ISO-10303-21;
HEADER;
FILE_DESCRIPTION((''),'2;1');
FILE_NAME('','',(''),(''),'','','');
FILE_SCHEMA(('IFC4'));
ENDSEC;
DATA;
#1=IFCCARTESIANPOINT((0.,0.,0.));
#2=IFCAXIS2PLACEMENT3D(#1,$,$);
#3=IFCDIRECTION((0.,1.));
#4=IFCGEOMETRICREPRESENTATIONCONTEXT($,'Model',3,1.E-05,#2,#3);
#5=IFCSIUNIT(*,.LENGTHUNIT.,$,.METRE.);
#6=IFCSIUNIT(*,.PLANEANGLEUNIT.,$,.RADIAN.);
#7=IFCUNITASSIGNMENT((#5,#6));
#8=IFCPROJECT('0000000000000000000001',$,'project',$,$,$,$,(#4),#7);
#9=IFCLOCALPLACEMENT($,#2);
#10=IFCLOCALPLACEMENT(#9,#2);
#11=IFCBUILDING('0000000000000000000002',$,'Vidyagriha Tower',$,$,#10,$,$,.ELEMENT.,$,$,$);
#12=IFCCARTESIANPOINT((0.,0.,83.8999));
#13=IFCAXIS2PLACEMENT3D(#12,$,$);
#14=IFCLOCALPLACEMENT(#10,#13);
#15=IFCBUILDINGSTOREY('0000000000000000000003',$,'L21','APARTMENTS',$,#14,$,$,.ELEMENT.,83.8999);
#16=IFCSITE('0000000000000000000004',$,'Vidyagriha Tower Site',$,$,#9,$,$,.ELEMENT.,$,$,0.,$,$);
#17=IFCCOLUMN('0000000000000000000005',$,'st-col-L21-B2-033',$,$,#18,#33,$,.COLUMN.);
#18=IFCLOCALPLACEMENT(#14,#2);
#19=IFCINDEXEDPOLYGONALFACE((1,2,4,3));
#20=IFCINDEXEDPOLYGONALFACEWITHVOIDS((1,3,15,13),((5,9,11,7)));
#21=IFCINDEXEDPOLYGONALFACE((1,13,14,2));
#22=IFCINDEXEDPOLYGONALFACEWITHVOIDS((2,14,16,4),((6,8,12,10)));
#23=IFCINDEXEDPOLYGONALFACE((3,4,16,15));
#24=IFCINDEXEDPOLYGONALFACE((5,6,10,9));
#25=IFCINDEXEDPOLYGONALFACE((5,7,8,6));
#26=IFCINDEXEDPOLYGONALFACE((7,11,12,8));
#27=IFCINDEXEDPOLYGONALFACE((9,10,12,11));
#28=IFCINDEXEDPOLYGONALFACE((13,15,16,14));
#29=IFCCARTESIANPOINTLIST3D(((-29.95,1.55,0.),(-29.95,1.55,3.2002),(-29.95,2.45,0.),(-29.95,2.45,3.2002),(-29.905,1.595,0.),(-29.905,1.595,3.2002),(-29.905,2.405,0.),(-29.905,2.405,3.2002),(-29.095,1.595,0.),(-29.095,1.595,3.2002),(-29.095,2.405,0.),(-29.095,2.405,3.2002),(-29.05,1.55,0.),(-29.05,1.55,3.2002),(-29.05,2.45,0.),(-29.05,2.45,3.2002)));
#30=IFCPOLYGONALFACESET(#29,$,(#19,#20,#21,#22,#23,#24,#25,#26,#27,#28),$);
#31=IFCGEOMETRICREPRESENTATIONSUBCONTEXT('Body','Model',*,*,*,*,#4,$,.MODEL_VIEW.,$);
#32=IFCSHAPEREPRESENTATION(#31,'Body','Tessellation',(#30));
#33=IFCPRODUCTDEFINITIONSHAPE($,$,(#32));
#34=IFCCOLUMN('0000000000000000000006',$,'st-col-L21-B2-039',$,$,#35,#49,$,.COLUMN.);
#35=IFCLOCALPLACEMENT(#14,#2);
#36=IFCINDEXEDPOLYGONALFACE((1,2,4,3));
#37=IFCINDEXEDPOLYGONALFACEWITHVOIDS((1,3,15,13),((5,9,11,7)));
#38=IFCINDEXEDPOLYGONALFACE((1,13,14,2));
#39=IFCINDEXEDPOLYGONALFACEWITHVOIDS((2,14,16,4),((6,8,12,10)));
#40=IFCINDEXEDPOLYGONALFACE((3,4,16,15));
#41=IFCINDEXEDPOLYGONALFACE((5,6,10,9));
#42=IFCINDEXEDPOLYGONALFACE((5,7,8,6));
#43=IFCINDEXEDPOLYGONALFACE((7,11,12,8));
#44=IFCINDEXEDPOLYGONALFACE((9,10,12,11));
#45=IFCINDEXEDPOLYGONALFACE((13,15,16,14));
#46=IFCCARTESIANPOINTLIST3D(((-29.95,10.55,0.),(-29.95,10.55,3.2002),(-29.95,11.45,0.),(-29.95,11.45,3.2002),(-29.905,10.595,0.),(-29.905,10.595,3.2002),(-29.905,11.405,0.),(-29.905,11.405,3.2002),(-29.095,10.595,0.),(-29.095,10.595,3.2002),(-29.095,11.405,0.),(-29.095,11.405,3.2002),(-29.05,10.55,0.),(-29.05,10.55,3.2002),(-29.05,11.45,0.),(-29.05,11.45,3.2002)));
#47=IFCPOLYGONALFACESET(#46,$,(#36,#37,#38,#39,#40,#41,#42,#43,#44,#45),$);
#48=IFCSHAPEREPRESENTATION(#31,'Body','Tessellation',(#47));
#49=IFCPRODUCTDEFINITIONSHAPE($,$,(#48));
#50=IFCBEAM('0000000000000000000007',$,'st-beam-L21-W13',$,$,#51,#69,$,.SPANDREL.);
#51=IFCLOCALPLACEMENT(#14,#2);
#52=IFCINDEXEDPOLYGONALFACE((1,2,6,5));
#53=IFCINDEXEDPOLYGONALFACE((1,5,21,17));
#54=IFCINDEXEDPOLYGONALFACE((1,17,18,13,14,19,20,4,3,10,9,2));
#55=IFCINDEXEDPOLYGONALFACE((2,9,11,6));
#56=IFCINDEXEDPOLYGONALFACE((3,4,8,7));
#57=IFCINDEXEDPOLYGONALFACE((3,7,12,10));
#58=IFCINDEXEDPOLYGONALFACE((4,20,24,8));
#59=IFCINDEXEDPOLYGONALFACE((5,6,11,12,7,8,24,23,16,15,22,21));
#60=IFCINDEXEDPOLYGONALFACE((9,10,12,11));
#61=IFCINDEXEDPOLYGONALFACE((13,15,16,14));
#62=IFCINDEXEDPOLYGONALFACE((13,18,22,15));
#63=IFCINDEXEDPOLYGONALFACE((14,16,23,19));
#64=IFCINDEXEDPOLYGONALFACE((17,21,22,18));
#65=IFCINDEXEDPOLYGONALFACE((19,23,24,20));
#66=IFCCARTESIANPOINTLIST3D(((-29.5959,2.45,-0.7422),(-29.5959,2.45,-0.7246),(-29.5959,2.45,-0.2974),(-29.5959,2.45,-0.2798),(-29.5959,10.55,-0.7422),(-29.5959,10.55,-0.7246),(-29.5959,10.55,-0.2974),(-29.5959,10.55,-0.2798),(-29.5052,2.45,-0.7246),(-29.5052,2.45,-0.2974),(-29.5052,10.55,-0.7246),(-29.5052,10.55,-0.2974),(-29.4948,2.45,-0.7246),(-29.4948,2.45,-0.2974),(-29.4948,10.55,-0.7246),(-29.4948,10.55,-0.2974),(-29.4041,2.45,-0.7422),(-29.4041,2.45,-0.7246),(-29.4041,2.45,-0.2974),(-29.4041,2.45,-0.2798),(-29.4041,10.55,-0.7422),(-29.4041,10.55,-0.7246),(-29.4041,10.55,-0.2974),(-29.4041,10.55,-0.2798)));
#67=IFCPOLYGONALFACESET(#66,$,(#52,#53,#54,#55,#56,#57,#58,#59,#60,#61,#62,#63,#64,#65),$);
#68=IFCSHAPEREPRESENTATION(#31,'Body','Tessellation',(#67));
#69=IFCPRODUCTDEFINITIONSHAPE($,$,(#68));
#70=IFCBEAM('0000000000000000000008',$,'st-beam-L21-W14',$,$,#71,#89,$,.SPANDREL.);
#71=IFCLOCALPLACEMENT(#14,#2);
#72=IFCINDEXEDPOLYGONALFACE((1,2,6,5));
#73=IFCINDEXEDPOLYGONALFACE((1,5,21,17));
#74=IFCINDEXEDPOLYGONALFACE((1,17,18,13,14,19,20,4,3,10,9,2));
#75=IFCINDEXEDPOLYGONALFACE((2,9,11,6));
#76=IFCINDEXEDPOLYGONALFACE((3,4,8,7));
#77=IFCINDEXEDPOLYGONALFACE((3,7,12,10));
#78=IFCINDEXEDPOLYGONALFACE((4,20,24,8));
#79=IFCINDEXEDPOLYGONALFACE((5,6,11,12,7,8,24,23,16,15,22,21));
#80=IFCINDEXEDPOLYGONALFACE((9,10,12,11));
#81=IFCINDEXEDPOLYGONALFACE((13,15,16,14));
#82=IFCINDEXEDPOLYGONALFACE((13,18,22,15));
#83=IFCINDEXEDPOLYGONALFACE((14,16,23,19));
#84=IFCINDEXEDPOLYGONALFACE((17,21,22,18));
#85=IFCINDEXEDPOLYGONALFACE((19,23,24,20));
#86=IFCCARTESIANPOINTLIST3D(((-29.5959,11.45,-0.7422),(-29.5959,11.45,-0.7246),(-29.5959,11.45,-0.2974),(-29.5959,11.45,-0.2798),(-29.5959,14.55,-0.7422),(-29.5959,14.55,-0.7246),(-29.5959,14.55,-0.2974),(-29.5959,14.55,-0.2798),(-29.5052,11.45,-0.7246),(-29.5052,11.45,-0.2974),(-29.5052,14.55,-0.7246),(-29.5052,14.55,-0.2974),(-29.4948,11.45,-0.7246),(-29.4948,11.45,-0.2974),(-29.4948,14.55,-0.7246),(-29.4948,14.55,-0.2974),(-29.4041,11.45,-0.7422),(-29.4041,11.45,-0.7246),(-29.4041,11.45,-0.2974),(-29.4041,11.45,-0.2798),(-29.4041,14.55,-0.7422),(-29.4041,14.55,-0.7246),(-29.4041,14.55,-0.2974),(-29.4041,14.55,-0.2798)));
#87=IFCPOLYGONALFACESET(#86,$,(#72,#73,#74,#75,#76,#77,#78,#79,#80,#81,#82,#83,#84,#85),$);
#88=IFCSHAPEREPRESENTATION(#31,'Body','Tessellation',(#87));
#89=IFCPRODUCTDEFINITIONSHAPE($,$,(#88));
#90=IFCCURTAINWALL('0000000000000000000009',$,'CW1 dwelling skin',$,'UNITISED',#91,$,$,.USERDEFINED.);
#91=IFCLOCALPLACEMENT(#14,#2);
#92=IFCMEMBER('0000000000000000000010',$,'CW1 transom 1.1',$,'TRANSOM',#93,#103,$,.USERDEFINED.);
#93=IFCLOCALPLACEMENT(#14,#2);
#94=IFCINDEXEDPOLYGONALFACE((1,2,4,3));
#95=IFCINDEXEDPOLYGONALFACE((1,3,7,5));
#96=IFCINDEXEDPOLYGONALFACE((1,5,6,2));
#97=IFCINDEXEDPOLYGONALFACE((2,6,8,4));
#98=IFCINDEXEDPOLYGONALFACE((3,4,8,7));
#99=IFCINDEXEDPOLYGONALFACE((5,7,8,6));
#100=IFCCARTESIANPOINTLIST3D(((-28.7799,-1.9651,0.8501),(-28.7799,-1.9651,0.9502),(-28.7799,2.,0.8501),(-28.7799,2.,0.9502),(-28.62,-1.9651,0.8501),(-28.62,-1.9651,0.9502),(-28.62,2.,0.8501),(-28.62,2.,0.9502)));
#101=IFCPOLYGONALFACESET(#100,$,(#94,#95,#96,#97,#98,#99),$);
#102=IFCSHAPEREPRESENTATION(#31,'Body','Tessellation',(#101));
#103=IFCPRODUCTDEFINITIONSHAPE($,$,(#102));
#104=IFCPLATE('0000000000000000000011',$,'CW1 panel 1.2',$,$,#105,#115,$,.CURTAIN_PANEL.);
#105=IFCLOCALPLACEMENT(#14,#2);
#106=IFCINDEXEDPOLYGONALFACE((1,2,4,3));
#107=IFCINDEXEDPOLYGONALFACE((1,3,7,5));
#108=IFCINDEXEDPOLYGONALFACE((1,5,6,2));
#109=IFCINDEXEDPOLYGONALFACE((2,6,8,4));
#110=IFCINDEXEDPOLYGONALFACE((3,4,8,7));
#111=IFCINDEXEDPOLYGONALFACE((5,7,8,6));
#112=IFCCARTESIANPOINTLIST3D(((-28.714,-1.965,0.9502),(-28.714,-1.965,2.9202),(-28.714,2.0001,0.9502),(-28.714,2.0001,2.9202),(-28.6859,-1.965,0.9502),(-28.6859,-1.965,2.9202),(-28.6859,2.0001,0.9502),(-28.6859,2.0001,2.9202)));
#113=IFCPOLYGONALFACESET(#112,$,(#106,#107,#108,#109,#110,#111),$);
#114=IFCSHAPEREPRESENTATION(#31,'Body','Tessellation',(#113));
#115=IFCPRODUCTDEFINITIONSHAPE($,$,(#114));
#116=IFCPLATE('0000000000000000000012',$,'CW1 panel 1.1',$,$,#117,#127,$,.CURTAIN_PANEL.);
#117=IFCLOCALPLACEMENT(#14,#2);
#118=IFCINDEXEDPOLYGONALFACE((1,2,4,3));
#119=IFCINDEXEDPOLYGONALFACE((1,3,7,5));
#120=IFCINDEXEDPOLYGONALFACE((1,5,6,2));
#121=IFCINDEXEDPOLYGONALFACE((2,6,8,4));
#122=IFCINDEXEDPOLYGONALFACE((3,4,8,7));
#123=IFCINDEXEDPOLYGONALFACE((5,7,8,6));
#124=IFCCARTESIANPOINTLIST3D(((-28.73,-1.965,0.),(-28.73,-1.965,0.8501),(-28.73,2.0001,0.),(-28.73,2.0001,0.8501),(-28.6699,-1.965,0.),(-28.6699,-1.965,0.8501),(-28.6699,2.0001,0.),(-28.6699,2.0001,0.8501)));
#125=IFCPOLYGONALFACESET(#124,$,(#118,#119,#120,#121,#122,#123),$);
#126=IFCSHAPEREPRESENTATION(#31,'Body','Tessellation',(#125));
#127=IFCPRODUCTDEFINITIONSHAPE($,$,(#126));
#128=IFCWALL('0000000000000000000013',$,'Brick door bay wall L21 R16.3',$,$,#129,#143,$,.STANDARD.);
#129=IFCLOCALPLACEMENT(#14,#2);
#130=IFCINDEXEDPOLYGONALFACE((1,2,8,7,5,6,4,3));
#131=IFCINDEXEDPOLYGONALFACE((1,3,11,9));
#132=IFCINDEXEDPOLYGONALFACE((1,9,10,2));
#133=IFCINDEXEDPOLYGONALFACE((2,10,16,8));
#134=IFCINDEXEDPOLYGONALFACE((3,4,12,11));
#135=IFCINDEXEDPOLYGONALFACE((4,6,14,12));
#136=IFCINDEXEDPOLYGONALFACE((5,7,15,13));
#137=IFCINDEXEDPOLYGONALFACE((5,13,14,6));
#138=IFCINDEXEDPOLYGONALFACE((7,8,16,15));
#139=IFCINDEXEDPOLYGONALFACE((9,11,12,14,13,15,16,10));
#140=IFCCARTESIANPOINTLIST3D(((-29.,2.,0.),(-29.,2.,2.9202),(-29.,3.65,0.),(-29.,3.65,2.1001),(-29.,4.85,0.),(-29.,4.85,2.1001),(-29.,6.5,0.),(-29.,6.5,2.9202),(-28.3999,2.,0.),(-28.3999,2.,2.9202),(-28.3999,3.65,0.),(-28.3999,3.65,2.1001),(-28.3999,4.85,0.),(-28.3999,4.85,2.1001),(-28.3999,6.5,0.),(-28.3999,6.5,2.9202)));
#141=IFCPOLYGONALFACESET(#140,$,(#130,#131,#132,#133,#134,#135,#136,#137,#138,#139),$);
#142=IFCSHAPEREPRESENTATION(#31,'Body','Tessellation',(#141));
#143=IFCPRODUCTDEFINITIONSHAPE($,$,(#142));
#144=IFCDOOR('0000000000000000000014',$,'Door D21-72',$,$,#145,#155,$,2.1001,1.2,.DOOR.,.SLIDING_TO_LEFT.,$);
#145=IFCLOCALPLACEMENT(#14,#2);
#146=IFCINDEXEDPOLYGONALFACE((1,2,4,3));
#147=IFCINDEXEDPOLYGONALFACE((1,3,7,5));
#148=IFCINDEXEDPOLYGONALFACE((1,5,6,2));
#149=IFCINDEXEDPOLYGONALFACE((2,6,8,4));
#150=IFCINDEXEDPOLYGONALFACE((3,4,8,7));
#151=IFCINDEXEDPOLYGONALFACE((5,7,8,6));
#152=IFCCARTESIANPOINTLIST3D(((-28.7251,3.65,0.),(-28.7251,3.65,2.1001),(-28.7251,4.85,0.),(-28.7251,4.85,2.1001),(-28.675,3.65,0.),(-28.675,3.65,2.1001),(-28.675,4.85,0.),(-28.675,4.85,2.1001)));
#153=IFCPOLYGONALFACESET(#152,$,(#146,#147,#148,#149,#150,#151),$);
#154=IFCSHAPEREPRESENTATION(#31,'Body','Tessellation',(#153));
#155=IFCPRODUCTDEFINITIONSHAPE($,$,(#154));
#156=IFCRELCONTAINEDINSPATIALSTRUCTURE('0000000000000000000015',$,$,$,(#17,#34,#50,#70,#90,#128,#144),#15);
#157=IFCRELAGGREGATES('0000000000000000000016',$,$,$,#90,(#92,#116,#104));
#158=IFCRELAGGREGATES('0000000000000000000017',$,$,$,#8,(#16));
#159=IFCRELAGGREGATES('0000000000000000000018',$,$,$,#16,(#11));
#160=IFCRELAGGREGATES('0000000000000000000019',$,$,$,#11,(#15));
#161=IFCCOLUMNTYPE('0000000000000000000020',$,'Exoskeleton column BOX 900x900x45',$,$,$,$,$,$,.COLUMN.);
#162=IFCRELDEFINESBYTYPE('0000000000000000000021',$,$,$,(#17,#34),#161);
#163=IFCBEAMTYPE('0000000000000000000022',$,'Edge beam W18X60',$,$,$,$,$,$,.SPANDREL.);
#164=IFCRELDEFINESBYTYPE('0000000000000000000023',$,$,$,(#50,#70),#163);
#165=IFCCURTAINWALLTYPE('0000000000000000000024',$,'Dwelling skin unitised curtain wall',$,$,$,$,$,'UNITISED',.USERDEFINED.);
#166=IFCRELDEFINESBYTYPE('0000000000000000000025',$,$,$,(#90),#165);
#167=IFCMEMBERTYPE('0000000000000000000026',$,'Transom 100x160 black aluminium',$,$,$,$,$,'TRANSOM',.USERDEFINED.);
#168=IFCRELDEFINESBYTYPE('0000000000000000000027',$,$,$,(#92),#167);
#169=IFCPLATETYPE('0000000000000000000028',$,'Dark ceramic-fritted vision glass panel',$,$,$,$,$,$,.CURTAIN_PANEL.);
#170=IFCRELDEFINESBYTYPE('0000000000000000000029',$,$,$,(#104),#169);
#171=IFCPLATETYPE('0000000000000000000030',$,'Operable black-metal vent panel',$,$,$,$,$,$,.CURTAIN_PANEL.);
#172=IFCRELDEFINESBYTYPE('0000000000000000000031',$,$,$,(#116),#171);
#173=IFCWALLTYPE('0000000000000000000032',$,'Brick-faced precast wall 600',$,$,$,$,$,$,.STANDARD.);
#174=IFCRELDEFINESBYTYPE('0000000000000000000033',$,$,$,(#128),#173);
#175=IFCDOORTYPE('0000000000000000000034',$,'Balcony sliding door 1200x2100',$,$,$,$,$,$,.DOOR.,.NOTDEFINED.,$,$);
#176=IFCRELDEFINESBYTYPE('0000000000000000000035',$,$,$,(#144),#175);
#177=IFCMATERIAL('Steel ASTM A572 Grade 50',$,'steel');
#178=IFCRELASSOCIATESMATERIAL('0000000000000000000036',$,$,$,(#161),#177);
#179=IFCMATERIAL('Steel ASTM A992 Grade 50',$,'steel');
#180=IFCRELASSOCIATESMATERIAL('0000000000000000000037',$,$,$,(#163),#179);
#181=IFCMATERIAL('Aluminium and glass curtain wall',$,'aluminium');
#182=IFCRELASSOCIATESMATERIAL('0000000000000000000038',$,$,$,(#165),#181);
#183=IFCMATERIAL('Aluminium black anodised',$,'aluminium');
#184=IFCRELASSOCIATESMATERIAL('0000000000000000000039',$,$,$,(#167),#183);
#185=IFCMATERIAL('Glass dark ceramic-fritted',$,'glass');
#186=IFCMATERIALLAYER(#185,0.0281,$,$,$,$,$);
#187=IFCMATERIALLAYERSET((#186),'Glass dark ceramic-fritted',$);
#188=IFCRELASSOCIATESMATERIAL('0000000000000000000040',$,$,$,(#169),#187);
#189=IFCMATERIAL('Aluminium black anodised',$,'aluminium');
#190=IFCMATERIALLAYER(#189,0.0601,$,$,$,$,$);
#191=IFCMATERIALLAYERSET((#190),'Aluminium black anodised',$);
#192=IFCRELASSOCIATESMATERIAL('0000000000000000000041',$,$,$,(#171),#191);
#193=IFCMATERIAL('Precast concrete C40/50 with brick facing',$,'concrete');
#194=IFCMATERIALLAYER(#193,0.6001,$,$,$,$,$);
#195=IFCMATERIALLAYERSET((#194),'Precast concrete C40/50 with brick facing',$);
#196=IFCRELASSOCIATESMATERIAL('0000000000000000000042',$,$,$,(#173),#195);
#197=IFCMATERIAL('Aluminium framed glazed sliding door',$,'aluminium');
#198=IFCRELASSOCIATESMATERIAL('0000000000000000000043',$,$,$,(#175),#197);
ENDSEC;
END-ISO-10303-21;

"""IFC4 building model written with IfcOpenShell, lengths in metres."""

from ifc_helpers import new_model, si_unit, direction, frame, frame_2d, origin, origin_2d, place, context, subcontext, project, spatial, rectangle, hollow_rectangle, i_section, extrude, material, layer, layer_set, material_profile, profile_set, type_object, element, fill, aggregate, save


model = new_model("IFC4")

# Units and contexts
model_context = context("Model", 3, precision=1e-05, world=origin(), true_north=direction((0.0, 1.0)))
body_context = subcontext(model_context, "Body", "Model", "MODEL_VIEW")
ifc_project = project(units=[si_unit("LENGTHUNIT", "METRE"), si_unit("PLANEANGLEUNIT", "RADIAN")], contexts=[model_context])

# Site, building, storey
site_placement = place(None, origin())
site = spatial("IfcSite", under=ifc_project, at=site_placement, Name="Vidyagriha Tower Site", CompositionType="ELEMENT", RefElevation=0.0)
building_placement = place(site_placement, origin())
building = spatial("IfcBuilding", under=site, at=building_placement, Name="Vidyagriha Tower", CompositionType="ELEMENT")
storey_placement = place(building_placement, frame((0.0, 0.0, 83.8999)))
storey = spatial("IfcBuildingStorey", under=building, at=storey_placement, Name="L21", Description="APARTMENTS", CompositionType="ELEMENT", Elevation=83.8999)

# Columns
ifc_material_1 = material(Name="Steel ASTM A572 Grade 50", Category="steel")
ifc_material_profile_1 = material_profile(ifc_material_1, hollow_rectangle(XDim=0.8999, YDim=0.8999, WallThickness=0.0449, at=origin_2d()), Name="BOX 900x900x45")
ifc_profile_set_1 = profile_set([ifc_material_profile_1], Name="Steel ASTM A572 Grade 50")
column_type = type_object("IfcColumnType", Name="Exoskeleton column BOX 900x900x45", PredefinedType="COLUMN", material=ifc_profile_set_1)
for number, where, name in (
    (1, (-29.5, 2.0, 0.0), "st-col-L21-B2-033"),
    (2, (-29.5, 11.0, 0.0), "st-col-L21-B2-039"),
):
    element("IfcColumn", number, at=place(storey_placement, frame(where)), inside=storey, type_object=column_type, Name=name, PredefinedType="COLUMN", context=body_context, shape_type="SweptSolid", body=[
        extrude(hollow_rectangle(XDim=0.8999, YDim=0.8999, WallThickness=0.0449, at=origin_2d()), origin(), (0.0, 0.0, 1.0), 3.2002),
    ])

# Beams
ifc_material_2 = material(Name="Steel ASTM A992 Grade 50", Category="steel")
ifc_material_profile_2 = material_profile(ifc_material_2, i_section(OverallWidth=0.1919, OverallDepth=0.4624, WebThickness=0.0105, FlangeThickness=0.0176, at=origin_2d()), Name="W18X60")
ifc_profile_set_2 = profile_set([ifc_material_profile_2], Name="Steel ASTM A992 Grade 50")
beam_type = type_object("IfcBeamType", Name="Edge beam W18X60", PredefinedType="SPANDREL", material=ifc_profile_set_2)
beam_1_placement = place(storey_placement, frame((-29.5, 2.45, -0.511), z_axis=(0.0, 1.0, 0.0), x_axis=(-1.0, 0.0, 0.0)))
element("IfcBeam", 3, at=beam_1_placement, inside=storey, type_object=beam_type, Name="st-beam-L21-W13", PredefinedType="SPANDREL", context=body_context, shape_type="SweptSolid", body=[
    extrude(i_section(OverallWidth=0.1919, OverallDepth=0.4624, WebThickness=0.0105, FlangeThickness=0.0176, at=origin_2d()), origin(), (0.0, 0.0, 1.0), 8.1001),
])
beam_2_placement = place(storey_placement, frame((-29.5, 11.45, -0.511), z_axis=(0.0, 1.0, 0.0), x_axis=(-1.0, 0.0, 0.0)))
element("IfcBeam", 4, at=beam_2_placement, inside=storey, type_object=beam_type, Name="st-beam-L21-W14", PredefinedType="SPANDREL", context=body_context, shape_type="SweptSolid", body=[
    extrude(i_section(OverallWidth=0.1919, OverallDepth=0.4624, WebThickness=0.0105, FlangeThickness=0.0176, at=origin_2d()), origin(), (0.0, 0.0, 1.0), 3.1001),
])

# Curtain wall, member, plates
ifc_material_3 = material(Name="Aluminium and glass curtain wall", Category="aluminium")
curtain_wall_type = type_object("IfcCurtainWallType", Name="Dwelling skin unitised curtain wall", ElementType="UNITISED", PredefinedType="USERDEFINED", material=ifc_material_3)
curtain_wall_placement = place(storey_placement, origin())
curtain_wall = element("IfcCurtainWall", 5, at=curtain_wall_placement, inside=storey, type_object=curtain_wall_type, Name="CW1 dwelling skin", ObjectType="UNITISED", PredefinedType="USERDEFINED")
ifc_material_4 = material(Name="Aluminium black anodised", Category="aluminium")
ifc_material_profile_3 = material_profile(ifc_material_4, rectangle(XDim=0.1599, YDim=0.1001, at=origin_2d()), Name="Transom 100x160 black aluminium")
ifc_profile_set_3 = profile_set([ifc_material_profile_3], Name="Aluminium black anodised")
member_type = type_object("IfcMemberType", Name="Transom 100x160 black aluminium", ElementType="TRANSOM", PredefinedType="USERDEFINED", material=ifc_profile_set_3)
member_placement = place(storey_placement, frame((-28.7, 2.0, 0.9001), z_axis=(0.0, -1.0, 0.0), x_axis=(1.0, 0.0, 0.0)))
member = element("IfcMember", 6, at=member_placement, type_object=member_type, Name="CW1 transom 1.1", ObjectType="TRANSOM", PredefinedType="USERDEFINED", context=body_context, shape_type="SweptSolid", body=[
    extrude(rectangle(XDim=0.1599, YDim=0.1001, at=origin_2d()), origin(), (0.0, 0.0, 1.0), 3.9651),
])
ifc_material_5 = material(Name="Glass dark ceramic-fritted", Category="glass")
ifc_layer_1 = layer(ifc_material_5, 0.0281)
ifc_layer_set_1 = layer_set([ifc_layer_1], Name="Glass dark ceramic-fritted")
plate_type_1 = type_object("IfcPlateType", Name="Dark ceramic-fritted vision glass panel", PredefinedType="CURTAIN_PANEL", material=ifc_layer_set_1)
plate_1_placement = place(storey_placement, frame((-28.7, 0.0176, 0.9502), z_axis=(0.0, 0.0, 1.0), x_axis=(0.0, -1.0, 0.0)))
plate_1 = element("IfcPlate", 7, at=plate_1_placement, type_object=plate_type_1, Name="CW1 panel 1.2", PredefinedType="CURTAIN_PANEL", context=body_context, shape_type="SweptSolid", body=[
    extrude(rectangle(XDim=3.9651, YDim=0.0281, at=origin_2d()), origin(), (0.0, 0.0, 1.0), 1.97),
])
ifc_material_6 = material(Name="Aluminium black anodised", Category="aluminium")
ifc_layer_2 = layer(ifc_material_6, 0.0601)
ifc_layer_set_2 = layer_set([ifc_layer_2], Name="Aluminium black anodised")
plate_type_2 = type_object("IfcPlateType", Name="Operable black-metal vent panel", PredefinedType="CURTAIN_PANEL", material=ifc_layer_set_2)
plate_2_placement = place(storey_placement, frame((-28.7, 0.0176, 0.0), z_axis=(0.0, 0.0, 1.0), x_axis=(0.0, -1.0, 0.0)))
plate_2 = element("IfcPlate", 8, at=plate_2_placement, type_object=plate_type_2, Name="CW1 panel 1.1", PredefinedType="CURTAIN_PANEL", context=body_context, shape_type="SweptSolid", body=[
    extrude(rectangle(XDim=3.9651, YDim=0.0601, at=origin_2d()), origin(), (0.0, 0.0, 1.0), 0.8501),
])
aggregate(curtain_wall, [member, plate_2, plate_1])

# Wall, opening, door
ifc_material_7 = material(Name="Precast concrete C40/50 with brick facing", Category="concrete")
ifc_layer_3 = layer(ifc_material_7, 0.6001)
ifc_layer_set_3 = layer_set([ifc_layer_3], Name="Precast concrete C40/50 with brick facing")
wall_type = type_object("IfcWallType", Name="Brick-faced precast wall 600", PredefinedType="STANDARD", material=ifc_layer_set_3)
wall_placement = place(storey_placement, frame((-28.7, 6.5, 0.0), z_axis=(0.0, 0.0, 1.0), x_axis=(0.0, -1.0, 0.0)))
wall = element("IfcWall", 9, at=wall_placement, inside=storey, type_object=wall_type, Name="Brick door bay wall L21 R16.3", PredefinedType="STANDARD", context=body_context, shape_type="SweptSolid", body=[
    extrude(rectangle(XDim=4.5, YDim=0.6001, at=frame_2d((2.25, 0.0))), origin(), (0.0, 0.0, 1.0), 2.9202),
])
opening_placement = place(wall_placement, frame((1.6499, 0.0, 0.0)))
opening = element("IfcOpeningElement", 10, at=opening_placement, cuts=wall, PredefinedType="OPENING", context=body_context, shape_type="SweptSolid", body=[
    extrude(rectangle(XDim=1.2, YDim=2.1001, at=frame_2d((0.6001, 1.05))), frame((0.0, 0.3101, 0.0), z_axis=(0.0, -1.0, 0.0), x_axis=(1.0, 0.0, 0.0)), (0.0, 0.0, 1.0), 0.6201),
])
ifc_material_8 = material(Name="Aluminium framed glazed sliding door", Category="aluminium")
door_type = type_object("IfcDoorType", Name="Balcony sliding door 1200x2100", OperationType="NOTDEFINED", PredefinedType="DOOR", material=ifc_material_8)
door_placement = place(opening_placement, origin())
door = element("IfcDoor", 11, at=door_placement, inside=storey, type_object=door_type, Name="Door D21-72", OperationType="SLIDING_TO_LEFT", OverallHeight=2.1001, OverallWidth=1.2, PredefinedType="DOOR", context=body_context, shape_type="SweptSolid", body=[
    extrude(rectangle(XDim=1.2, YDim=2.1001, at=frame_2d((0.6001, 1.05))), frame((0.0, 0.0249, 0.0), z_axis=(0.0, -1.0, 0.0), x_axis=(1.0, 0.0, 0.0)), (0.0, 0.0, 1.0), 0.05),
])
fill(opening, door)

save(model, "model.ifc")
